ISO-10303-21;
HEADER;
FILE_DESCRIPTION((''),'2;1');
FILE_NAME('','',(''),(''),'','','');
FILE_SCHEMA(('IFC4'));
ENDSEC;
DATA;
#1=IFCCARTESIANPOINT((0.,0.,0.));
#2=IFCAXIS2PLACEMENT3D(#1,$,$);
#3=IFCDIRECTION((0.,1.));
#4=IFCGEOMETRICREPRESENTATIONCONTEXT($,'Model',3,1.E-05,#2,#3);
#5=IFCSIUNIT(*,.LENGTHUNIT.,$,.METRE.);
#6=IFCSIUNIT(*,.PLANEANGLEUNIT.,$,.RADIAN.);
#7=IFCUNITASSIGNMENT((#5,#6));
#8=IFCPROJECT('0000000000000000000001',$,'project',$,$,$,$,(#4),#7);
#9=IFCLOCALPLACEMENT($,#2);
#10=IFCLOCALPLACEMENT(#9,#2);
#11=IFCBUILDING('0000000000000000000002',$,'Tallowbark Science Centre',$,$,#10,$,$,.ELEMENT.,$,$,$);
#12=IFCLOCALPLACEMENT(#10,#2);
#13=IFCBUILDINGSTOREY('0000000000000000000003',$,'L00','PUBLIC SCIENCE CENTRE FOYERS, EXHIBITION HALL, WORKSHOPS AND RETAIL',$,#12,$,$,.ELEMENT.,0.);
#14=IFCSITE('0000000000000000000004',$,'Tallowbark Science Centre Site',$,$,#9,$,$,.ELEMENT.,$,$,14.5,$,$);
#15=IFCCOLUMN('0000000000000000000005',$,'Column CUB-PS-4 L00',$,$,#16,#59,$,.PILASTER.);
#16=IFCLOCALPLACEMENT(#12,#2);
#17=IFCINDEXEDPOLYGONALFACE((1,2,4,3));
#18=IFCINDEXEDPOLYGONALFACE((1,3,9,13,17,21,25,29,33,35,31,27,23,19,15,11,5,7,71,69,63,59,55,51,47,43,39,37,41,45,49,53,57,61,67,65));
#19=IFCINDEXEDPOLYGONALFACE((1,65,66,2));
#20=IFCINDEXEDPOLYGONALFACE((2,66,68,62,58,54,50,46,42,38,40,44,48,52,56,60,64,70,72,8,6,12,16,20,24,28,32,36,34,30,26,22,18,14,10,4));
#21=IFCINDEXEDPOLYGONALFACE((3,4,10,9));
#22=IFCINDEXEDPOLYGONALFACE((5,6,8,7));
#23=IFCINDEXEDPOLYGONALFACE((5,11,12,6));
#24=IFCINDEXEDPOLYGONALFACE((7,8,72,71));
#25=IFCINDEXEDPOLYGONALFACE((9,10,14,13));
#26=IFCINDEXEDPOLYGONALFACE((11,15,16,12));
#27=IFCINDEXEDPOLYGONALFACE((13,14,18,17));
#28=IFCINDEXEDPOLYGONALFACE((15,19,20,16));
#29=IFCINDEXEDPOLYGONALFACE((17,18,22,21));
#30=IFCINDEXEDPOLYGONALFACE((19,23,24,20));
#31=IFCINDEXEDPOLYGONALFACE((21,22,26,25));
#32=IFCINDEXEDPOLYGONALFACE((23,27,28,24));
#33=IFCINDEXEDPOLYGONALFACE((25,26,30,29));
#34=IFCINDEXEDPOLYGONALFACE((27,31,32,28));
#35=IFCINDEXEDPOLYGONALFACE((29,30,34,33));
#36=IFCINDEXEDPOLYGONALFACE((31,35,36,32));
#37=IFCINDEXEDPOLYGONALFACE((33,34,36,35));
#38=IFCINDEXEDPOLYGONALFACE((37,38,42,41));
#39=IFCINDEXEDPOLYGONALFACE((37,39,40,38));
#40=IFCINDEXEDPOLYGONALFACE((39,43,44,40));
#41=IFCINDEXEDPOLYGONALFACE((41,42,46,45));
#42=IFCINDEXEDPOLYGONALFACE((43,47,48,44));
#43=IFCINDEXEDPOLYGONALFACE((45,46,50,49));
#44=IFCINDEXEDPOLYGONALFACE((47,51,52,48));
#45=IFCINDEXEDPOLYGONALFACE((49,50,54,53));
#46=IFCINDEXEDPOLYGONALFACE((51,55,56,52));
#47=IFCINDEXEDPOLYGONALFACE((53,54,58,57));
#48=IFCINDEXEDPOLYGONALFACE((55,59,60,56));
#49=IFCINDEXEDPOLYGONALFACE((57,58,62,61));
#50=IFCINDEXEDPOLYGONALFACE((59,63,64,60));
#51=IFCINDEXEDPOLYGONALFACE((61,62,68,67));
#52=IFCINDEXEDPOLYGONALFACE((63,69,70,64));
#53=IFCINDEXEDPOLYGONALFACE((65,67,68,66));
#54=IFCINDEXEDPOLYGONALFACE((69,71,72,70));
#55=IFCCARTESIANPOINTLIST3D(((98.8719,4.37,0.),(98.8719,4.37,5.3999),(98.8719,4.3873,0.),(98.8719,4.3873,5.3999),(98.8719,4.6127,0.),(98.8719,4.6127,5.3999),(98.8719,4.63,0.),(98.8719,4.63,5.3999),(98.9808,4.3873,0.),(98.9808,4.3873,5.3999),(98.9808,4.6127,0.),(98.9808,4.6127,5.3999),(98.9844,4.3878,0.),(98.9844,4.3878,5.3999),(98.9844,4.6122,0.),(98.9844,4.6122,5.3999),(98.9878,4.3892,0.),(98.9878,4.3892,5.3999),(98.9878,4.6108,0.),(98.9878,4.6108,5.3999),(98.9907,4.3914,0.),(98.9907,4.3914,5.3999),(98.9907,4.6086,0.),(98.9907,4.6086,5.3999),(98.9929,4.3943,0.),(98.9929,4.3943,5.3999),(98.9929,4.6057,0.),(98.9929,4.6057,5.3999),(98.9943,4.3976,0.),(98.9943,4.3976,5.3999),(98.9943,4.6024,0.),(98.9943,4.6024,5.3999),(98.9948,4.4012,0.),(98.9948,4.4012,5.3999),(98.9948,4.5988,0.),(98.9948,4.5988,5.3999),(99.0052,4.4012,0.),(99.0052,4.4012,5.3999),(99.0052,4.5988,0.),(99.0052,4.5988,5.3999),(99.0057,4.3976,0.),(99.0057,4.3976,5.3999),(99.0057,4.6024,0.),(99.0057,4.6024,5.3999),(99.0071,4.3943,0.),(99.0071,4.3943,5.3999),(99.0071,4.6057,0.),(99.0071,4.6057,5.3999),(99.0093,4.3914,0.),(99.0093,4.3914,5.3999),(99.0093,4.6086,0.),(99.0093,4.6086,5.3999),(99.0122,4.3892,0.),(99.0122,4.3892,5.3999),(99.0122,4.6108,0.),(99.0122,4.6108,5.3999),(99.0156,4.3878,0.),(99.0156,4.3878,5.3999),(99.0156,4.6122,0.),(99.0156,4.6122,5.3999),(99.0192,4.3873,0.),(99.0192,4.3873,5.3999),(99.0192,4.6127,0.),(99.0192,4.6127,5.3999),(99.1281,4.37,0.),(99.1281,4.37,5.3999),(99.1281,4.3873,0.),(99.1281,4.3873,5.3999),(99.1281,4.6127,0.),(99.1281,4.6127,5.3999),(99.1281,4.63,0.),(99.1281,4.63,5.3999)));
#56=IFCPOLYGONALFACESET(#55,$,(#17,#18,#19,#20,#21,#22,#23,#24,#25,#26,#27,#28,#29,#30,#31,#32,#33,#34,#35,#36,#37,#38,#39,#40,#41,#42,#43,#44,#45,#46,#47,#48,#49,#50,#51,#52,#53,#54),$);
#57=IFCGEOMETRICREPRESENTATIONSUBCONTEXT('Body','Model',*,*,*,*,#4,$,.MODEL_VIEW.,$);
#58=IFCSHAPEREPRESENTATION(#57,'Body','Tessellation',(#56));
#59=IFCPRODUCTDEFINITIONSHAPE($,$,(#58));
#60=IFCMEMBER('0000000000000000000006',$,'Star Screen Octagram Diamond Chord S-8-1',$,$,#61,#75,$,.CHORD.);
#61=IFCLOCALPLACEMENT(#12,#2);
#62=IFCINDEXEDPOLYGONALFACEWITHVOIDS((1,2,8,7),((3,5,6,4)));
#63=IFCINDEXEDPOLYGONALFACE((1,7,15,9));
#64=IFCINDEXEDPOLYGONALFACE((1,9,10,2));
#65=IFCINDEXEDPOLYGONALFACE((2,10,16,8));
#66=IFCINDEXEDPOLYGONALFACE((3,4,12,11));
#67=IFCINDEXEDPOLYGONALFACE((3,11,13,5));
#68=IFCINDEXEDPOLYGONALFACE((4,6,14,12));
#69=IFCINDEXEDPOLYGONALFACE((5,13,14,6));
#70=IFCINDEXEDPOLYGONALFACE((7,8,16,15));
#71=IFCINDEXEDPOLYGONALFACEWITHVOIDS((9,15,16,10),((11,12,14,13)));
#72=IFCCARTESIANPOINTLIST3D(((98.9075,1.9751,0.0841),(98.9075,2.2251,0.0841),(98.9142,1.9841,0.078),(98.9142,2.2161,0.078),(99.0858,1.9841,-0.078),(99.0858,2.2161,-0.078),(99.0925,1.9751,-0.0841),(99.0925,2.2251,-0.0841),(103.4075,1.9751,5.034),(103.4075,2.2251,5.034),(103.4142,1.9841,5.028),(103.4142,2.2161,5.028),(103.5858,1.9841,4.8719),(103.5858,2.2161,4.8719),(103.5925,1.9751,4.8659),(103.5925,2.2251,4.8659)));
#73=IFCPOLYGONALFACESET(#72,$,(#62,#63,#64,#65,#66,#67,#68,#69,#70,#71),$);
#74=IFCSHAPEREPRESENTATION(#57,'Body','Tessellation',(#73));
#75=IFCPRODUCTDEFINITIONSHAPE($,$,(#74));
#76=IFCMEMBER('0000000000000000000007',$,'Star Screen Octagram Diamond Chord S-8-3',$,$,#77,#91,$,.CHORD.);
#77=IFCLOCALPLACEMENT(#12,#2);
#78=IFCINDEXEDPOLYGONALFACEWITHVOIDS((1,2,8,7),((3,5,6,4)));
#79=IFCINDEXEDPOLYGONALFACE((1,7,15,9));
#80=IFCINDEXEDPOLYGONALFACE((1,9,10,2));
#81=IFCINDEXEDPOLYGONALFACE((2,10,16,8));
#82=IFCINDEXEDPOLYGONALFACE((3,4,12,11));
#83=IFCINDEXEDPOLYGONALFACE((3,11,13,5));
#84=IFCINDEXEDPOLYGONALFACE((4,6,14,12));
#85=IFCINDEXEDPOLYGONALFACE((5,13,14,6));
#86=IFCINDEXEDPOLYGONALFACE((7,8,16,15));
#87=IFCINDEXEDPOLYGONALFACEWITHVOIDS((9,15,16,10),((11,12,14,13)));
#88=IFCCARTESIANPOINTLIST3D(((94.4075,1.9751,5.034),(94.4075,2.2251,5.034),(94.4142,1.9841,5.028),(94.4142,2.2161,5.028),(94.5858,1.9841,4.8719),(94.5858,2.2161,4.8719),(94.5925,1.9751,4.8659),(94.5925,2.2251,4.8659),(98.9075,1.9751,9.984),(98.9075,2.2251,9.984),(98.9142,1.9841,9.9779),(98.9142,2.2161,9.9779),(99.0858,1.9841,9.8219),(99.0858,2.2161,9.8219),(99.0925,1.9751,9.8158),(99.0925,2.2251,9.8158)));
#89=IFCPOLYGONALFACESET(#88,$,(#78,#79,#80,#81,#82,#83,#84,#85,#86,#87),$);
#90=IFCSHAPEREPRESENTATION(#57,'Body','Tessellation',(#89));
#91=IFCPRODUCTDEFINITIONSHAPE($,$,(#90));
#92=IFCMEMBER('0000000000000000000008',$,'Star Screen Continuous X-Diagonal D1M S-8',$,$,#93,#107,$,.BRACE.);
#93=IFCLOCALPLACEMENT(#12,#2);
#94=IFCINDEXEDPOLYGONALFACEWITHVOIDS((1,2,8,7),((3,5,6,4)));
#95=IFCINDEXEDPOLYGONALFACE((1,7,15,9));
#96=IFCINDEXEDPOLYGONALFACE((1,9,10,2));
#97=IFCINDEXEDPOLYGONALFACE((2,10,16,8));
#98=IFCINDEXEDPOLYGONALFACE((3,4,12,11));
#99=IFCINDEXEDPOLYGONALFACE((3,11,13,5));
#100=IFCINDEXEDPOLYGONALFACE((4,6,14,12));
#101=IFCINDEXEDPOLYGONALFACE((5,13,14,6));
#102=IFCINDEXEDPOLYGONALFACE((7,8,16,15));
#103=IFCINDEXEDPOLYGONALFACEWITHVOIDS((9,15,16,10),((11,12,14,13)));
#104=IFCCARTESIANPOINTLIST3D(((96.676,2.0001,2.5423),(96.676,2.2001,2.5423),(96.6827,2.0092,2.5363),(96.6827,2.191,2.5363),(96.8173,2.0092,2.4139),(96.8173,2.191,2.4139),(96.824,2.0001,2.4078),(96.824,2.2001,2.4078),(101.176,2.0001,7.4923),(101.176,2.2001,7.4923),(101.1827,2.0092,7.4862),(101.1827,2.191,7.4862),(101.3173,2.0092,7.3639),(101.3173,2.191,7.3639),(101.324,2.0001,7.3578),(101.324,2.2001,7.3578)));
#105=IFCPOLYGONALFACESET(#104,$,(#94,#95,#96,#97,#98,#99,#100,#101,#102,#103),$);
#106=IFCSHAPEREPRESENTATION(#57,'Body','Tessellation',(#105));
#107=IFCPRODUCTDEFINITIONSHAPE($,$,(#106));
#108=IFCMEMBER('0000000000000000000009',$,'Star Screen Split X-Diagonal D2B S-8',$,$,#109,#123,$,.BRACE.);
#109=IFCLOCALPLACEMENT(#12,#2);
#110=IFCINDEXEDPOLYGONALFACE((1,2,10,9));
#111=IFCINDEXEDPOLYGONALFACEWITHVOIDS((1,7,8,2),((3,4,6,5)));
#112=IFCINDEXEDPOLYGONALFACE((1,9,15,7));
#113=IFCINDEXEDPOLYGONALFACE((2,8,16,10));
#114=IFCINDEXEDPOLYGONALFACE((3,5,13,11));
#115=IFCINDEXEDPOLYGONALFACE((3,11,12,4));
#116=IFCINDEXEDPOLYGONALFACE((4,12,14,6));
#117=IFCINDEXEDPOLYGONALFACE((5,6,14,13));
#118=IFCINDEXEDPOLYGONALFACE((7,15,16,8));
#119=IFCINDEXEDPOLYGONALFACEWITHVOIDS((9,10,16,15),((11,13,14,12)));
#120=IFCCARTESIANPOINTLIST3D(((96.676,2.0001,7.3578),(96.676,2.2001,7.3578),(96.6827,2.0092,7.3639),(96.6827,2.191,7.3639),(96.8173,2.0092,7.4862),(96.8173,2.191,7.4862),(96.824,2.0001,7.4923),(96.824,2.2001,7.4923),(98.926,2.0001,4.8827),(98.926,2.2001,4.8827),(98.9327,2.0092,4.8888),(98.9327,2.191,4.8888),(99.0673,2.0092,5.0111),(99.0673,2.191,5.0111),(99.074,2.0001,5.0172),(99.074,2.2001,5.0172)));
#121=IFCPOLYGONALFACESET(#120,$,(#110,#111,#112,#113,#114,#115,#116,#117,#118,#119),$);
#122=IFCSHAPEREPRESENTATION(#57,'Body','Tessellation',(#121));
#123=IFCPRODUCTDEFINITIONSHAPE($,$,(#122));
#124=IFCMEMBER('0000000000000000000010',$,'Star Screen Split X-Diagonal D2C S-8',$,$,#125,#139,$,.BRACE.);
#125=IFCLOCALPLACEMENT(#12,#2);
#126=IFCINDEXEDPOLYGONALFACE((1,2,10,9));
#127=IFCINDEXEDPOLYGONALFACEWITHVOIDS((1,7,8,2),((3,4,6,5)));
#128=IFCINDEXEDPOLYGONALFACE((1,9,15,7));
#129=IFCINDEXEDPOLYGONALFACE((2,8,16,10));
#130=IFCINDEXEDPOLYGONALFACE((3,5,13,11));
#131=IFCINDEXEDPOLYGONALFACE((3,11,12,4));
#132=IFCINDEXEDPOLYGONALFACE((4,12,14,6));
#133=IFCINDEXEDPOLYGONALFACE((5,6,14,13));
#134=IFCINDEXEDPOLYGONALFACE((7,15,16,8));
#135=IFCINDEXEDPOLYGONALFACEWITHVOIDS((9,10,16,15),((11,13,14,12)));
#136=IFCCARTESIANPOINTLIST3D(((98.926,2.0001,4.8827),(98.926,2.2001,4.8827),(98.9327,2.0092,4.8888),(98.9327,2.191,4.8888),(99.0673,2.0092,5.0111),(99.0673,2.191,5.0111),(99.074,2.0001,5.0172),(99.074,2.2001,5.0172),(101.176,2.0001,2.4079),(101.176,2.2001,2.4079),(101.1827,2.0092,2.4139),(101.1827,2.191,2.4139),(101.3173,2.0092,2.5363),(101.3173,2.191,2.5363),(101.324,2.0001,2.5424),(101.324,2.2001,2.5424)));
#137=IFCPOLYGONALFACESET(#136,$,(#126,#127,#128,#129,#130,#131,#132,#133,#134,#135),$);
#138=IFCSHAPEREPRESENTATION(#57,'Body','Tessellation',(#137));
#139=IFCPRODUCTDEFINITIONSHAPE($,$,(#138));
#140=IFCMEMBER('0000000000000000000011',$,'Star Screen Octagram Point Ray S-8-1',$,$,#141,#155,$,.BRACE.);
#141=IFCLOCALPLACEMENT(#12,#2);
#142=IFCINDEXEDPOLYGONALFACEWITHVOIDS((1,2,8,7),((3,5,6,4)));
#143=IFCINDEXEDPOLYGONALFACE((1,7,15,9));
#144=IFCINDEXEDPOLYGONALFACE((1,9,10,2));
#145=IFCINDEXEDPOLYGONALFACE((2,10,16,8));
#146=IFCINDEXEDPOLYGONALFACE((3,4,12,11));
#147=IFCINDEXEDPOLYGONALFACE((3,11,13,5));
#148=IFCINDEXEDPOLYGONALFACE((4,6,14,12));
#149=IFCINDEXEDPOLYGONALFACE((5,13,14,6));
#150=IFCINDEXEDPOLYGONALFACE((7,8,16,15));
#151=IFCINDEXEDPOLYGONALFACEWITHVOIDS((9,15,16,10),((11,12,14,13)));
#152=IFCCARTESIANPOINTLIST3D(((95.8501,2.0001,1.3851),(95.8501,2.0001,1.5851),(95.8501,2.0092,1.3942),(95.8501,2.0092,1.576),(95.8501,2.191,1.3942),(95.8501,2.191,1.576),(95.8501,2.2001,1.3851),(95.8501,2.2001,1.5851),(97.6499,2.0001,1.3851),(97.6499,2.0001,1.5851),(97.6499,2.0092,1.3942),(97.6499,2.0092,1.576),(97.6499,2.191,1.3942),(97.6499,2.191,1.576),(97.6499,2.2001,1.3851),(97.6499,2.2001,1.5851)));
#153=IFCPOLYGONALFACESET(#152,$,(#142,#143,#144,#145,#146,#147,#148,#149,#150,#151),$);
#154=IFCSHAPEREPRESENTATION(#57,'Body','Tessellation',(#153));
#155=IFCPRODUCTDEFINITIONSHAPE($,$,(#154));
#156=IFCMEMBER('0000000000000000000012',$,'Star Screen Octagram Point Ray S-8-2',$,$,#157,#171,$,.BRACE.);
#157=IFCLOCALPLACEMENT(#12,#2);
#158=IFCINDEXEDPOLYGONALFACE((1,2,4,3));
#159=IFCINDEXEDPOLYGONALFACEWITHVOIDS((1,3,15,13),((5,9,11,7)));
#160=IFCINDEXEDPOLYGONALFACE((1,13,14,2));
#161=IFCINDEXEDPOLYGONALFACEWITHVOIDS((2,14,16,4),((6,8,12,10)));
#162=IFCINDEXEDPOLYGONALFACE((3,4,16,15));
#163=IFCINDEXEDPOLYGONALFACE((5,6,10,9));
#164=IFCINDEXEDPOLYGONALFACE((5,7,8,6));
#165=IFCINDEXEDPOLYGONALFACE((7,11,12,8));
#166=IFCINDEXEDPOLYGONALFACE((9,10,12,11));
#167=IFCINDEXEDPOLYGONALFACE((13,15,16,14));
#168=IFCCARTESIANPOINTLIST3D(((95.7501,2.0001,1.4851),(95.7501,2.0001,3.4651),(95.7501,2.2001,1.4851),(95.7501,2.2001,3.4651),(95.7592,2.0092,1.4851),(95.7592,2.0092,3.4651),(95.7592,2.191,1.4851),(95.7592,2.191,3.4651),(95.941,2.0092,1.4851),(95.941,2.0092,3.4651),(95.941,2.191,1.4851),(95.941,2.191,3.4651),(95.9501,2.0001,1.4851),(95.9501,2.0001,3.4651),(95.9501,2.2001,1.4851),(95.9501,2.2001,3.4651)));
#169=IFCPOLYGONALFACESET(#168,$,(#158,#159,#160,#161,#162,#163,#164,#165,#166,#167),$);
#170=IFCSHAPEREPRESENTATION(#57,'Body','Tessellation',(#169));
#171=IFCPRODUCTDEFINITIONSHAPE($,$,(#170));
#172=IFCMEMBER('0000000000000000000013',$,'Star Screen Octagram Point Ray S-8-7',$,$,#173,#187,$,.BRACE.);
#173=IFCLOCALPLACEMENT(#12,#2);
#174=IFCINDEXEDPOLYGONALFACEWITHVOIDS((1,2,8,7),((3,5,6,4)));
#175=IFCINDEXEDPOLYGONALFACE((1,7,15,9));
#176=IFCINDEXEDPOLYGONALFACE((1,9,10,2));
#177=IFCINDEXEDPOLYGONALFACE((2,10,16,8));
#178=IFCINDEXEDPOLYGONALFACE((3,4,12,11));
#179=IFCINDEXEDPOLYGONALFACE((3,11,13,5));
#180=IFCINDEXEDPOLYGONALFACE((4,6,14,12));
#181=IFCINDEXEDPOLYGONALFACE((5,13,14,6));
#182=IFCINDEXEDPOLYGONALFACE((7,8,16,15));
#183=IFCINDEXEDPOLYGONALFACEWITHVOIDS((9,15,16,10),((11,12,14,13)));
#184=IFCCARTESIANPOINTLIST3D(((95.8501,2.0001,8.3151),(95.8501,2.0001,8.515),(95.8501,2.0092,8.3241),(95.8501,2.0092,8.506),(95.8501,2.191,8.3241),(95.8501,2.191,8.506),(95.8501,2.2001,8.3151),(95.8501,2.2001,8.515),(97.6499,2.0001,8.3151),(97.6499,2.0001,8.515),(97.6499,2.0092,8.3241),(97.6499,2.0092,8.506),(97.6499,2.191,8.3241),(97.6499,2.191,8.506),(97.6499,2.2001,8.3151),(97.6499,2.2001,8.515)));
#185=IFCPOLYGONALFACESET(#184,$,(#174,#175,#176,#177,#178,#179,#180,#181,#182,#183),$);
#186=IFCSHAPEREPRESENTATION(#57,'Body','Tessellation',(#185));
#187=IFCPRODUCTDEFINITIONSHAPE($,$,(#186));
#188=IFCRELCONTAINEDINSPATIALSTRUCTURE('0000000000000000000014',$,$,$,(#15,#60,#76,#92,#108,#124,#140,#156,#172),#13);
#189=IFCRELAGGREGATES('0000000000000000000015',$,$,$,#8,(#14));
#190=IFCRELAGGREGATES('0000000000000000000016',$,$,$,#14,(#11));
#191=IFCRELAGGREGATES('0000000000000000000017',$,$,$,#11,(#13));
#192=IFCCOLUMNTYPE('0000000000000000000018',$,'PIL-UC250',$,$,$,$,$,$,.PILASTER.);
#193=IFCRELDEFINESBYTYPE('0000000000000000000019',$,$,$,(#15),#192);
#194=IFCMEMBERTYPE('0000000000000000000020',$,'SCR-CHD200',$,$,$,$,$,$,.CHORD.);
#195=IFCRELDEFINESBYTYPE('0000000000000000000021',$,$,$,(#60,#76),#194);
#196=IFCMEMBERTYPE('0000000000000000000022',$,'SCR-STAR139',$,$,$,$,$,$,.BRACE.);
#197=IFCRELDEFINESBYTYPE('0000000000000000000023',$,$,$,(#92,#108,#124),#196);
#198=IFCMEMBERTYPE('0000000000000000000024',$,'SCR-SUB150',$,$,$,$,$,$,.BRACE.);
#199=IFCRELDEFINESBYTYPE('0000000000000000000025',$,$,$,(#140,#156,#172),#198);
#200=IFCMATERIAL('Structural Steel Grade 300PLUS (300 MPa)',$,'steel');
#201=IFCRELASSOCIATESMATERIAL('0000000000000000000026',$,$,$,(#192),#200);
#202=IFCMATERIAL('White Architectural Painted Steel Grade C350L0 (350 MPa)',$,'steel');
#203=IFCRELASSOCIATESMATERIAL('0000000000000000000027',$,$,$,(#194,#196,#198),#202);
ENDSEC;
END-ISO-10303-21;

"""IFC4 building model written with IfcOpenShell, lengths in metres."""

from ifc_helpers import new_model, si_unit, direction, frame, origin, origin_2d, place, context, subcontext, project, spatial, hollow_rectangle, i_section, extrude, material, material_profile, profile_set, type_object, element, save


model = new_model("IFC4")

# Units and contexts
model_context = context("Model", 3, precision=1e-05, world=origin(), true_north=direction((0.0, 1.0)))
body_context = subcontext(model_context, "Body", "Model", "MODEL_VIEW")
ifc_project = project(units=[si_unit("LENGTHUNIT", "METRE"), si_unit("PLANEANGLEUNIT", "RADIAN")], contexts=[model_context])

# Site, building, storey
site_placement = place(None, origin())
site = spatial("IfcSite", under=ifc_project, at=site_placement, Name="Tallowbark Science Centre Site", CompositionType="ELEMENT", RefElevation=14.5)
building_placement = place(site_placement, origin())
building = spatial("IfcBuilding", under=site, at=building_placement, Name="Tallowbark Science Centre", CompositionType="ELEMENT")
storey_placement = place(building_placement, origin())
storey = spatial("IfcBuildingStorey", under=building, at=storey_placement, Name="L00", Description="PUBLIC SCIENCE CENTRE FOYERS, EXHIBITION HALL, WORKSHOPS AND RETAIL", CompositionType="ELEMENT", Elevation=0.0)

# Column
ifc_material_1 = material(Name="Structural Steel Grade 300PLUS (300 MPa)", Category="steel")
ifc_material_profile_1 = material_profile(ifc_material_1, i_section(OverallWidth=0.2561, OverallDepth=0.26, WebThickness=0.0105, FlangeThickness=0.0173, FilletRadius=0.0139, at=origin_2d()), Name="250UC89.5")
ifc_profile_set_1 = profile_set([ifc_material_profile_1], Name="Structural Steel Grade 300PLUS (300 MPa)")
column_type = type_object("IfcColumnType", Name="PIL-UC250", PredefinedType="PILASTER", material=ifc_profile_set_1)
column_placement = place(storey_placement, frame((99.0, 4.5, 0.0), z_axis=(0.0, 0.0, 1.0), x_axis=(1.0, 0.0, 0.0)))
element("IfcColumn", 1, at=column_placement, inside=storey, type_object=column_type, Name="Column CUB-PS-4 L00", PredefinedType="PILASTER", context=body_context, shape_type="SweptSolid", body=[
    extrude(i_section(OverallWidth=0.2561, OverallDepth=0.26, WebThickness=0.0105, FlangeThickness=0.0173, FilletRadius=0.0139, at=origin_2d()), origin(), (0.0, 0.0, 1.0), 5.3999),
])

# Members
ifc_material_2 = material(Name="White Architectural Painted Steel Grade C350L0 (350 MPa)", Category="steel")
ifc_material_profile_2 = material_profile(ifc_material_2, hollow_rectangle(XDim=0.25, YDim=0.25, WallThickness=0.009, at=origin_2d()), Name="250x250x9.0SHS")
ifc_profile_set_2 = profile_set([ifc_material_profile_2], Name="White Architectural Painted Steel Grade C350L0 (350 MPa)")
member_type_1 = type_object("IfcMemberType", Name="SCR-CHD200", PredefinedType="CHORD", material=ifc_profile_set_2)
for number, where, z_axis, x_axis, name in (
    (2, (99.0, 2.1001, 0.0), (0.672676, 0.0, 0.739937), (0.0, 1.0, 0.0), "Star Screen Octagram Diamond Chord S-8-1"),
    (3, (99.0, 2.1001, 9.8999), (-0.672676, 0.0, -0.739937), (0.0, -1.0, 0.0), "Star Screen Octagram Diamond Chord S-8-3"),
):
    element("IfcMember", number, at=place(storey_placement, frame(where, z_axis=z_axis, x_axis=x_axis)), inside=storey, type_object=member_type_1, Name=name, PredefinedType="CHORD", context=body_context, shape_type="SweptSolid", body=[
        extrude(hollow_rectangle(XDim=0.25, YDim=0.25, WallThickness=0.009, at=origin_2d()), origin(), (0.0, 0.0, 1.0), 6.6897),
    ])
ifc_material_profile_3 = material_profile(ifc_material_2, hollow_rectangle(XDim=0.2, YDim=0.2, WallThickness=0.009, at=origin_2d()), Name="200x200x9.0SHS")
ifc_profile_set_3 = profile_set([ifc_material_profile_3], Name="White Architectural Painted Steel Grade C350L0 (350 MPa)")
member_type_2 = type_object("IfcMemberType", Name="SCR-STAR139", PredefinedType="BRACE", material=ifc_profile_set_3)
member_1_placement = place(storey_placement, frame((96.75, 2.1001, 2.4751), z_axis=(0.672676, 0.0, 0.739937), x_axis=(0.0, 1.0, 0.0)))
element("IfcMember", 4, at=member_1_placement, inside=storey, type_object=member_type_2, Name="Star Screen Continuous X-Diagonal D1M S-8", PredefinedType="BRACE", context=body_context, shape_type="SweptSolid", body=[
    extrude(hollow_rectangle(XDim=0.2, YDim=0.2, WallThickness=0.009, at=origin_2d()), origin(), (0.0, 0.0, 1.0), 6.6897),
])
member_2_placement = place(storey_placement, frame((96.75, 2.1001, 7.425), z_axis=(0.672658, 0.0, -0.739953), x_axis=(0.0, 1.0, 0.0)))
element("IfcMember", 5, at=member_2_placement, inside=storey, type_object=member_type_2, Name="Star Screen Split X-Diagonal D2B S-8", PredefinedType="BRACE", context=body_context, shape_type="SweptSolid", body=[
    extrude(hollow_rectangle(XDim=0.2, YDim=0.2, WallThickness=0.009, at=origin_2d()), origin(), (0.0, 0.0, 1.0), 3.345),
])
member_3_placement = place(storey_placement, frame((99.0, 2.1001, 4.95), z_axis=(0.672695, 0.0, -0.73992), x_axis=(0.0, 1.0, 0.0)))
element("IfcMember", 6, at=member_3_placement, inside=storey, type_object=member_type_2, Name="Star Screen Split X-Diagonal D2C S-8", PredefinedType="BRACE", context=body_context, shape_type="SweptSolid", body=[
    extrude(hollow_rectangle(XDim=0.2, YDim=0.2, WallThickness=0.009, at=origin_2d()), origin(), (0.0, 0.0, 1.0), 3.3447),
])
ifc_material_profile_4 = material_profile(ifc_material_2, hollow_rectangle(XDim=0.2, YDim=0.2, WallThickness=0.009, at=origin_2d()), Name="200x200x9.0SHS")
ifc_profile_set_4 = profile_set([ifc_material_profile_4], Name="White Architectural Painted Steel Grade C350L0 (350 MPa)")
member_type_3 = type_object("IfcMemberType", Name="SCR-SUB150", PredefinedType="BRACE", material=ifc_profile_set_4)
member_4_placement = place(storey_placement, frame((95.8501, 2.1001, 1.4851), z_axis=(1.0, 0.0, 0.0), x_axis=(0.0, 1.0, 0.0)))
element("IfcMember", 7, at=member_4_placement, inside=storey, type_object=member_type_3, Name="Star Screen Octagram Point Ray S-8-1", PredefinedType="BRACE", context=body_context, shape_type="SweptSolid", body=[
    extrude(hollow_rectangle(XDim=0.2, YDim=0.2, WallThickness=0.009, at=origin_2d()), origin(), (0.0, 0.0, 1.0), 1.7998),
])
member_5_placement = place(storey_placement, frame((95.8501, 2.1001, 1.4851), z_axis=(0.0, 0.0, 1.0), x_axis=(1.0, 0.0, 0.0)))
element("IfcMember", 8, at=member_5_placement, inside=storey, type_object=member_type_3, Name="Star Screen Octagram Point Ray S-8-2", PredefinedType="BRACE", context=body_context, shape_type="SweptSolid", body=[
    extrude(hollow_rectangle(XDim=0.2, YDim=0.2, WallThickness=0.009, at=origin_2d()), origin(), (0.0, 0.0, 1.0), 1.98),
])
member_6_placement = place(storey_placement, frame((95.8501, 2.1001, 8.415), z_axis=(1.0, 0.0, 0.0), x_axis=(0.0, 1.0, 0.0)))
element("IfcMember", 9, at=member_6_placement, inside=storey, type_object=member_type_3, Name="Star Screen Octagram Point Ray S-8-7", PredefinedType="BRACE", context=body_context, shape_type="SweptSolid", body=[
    extrude(hollow_rectangle(XDim=0.2, YDim=0.2, WallThickness=0.009, at=origin_2d()), origin(), (0.0, 0.0, 1.0), 1.7998),
])

save(model, "model.ifc")
